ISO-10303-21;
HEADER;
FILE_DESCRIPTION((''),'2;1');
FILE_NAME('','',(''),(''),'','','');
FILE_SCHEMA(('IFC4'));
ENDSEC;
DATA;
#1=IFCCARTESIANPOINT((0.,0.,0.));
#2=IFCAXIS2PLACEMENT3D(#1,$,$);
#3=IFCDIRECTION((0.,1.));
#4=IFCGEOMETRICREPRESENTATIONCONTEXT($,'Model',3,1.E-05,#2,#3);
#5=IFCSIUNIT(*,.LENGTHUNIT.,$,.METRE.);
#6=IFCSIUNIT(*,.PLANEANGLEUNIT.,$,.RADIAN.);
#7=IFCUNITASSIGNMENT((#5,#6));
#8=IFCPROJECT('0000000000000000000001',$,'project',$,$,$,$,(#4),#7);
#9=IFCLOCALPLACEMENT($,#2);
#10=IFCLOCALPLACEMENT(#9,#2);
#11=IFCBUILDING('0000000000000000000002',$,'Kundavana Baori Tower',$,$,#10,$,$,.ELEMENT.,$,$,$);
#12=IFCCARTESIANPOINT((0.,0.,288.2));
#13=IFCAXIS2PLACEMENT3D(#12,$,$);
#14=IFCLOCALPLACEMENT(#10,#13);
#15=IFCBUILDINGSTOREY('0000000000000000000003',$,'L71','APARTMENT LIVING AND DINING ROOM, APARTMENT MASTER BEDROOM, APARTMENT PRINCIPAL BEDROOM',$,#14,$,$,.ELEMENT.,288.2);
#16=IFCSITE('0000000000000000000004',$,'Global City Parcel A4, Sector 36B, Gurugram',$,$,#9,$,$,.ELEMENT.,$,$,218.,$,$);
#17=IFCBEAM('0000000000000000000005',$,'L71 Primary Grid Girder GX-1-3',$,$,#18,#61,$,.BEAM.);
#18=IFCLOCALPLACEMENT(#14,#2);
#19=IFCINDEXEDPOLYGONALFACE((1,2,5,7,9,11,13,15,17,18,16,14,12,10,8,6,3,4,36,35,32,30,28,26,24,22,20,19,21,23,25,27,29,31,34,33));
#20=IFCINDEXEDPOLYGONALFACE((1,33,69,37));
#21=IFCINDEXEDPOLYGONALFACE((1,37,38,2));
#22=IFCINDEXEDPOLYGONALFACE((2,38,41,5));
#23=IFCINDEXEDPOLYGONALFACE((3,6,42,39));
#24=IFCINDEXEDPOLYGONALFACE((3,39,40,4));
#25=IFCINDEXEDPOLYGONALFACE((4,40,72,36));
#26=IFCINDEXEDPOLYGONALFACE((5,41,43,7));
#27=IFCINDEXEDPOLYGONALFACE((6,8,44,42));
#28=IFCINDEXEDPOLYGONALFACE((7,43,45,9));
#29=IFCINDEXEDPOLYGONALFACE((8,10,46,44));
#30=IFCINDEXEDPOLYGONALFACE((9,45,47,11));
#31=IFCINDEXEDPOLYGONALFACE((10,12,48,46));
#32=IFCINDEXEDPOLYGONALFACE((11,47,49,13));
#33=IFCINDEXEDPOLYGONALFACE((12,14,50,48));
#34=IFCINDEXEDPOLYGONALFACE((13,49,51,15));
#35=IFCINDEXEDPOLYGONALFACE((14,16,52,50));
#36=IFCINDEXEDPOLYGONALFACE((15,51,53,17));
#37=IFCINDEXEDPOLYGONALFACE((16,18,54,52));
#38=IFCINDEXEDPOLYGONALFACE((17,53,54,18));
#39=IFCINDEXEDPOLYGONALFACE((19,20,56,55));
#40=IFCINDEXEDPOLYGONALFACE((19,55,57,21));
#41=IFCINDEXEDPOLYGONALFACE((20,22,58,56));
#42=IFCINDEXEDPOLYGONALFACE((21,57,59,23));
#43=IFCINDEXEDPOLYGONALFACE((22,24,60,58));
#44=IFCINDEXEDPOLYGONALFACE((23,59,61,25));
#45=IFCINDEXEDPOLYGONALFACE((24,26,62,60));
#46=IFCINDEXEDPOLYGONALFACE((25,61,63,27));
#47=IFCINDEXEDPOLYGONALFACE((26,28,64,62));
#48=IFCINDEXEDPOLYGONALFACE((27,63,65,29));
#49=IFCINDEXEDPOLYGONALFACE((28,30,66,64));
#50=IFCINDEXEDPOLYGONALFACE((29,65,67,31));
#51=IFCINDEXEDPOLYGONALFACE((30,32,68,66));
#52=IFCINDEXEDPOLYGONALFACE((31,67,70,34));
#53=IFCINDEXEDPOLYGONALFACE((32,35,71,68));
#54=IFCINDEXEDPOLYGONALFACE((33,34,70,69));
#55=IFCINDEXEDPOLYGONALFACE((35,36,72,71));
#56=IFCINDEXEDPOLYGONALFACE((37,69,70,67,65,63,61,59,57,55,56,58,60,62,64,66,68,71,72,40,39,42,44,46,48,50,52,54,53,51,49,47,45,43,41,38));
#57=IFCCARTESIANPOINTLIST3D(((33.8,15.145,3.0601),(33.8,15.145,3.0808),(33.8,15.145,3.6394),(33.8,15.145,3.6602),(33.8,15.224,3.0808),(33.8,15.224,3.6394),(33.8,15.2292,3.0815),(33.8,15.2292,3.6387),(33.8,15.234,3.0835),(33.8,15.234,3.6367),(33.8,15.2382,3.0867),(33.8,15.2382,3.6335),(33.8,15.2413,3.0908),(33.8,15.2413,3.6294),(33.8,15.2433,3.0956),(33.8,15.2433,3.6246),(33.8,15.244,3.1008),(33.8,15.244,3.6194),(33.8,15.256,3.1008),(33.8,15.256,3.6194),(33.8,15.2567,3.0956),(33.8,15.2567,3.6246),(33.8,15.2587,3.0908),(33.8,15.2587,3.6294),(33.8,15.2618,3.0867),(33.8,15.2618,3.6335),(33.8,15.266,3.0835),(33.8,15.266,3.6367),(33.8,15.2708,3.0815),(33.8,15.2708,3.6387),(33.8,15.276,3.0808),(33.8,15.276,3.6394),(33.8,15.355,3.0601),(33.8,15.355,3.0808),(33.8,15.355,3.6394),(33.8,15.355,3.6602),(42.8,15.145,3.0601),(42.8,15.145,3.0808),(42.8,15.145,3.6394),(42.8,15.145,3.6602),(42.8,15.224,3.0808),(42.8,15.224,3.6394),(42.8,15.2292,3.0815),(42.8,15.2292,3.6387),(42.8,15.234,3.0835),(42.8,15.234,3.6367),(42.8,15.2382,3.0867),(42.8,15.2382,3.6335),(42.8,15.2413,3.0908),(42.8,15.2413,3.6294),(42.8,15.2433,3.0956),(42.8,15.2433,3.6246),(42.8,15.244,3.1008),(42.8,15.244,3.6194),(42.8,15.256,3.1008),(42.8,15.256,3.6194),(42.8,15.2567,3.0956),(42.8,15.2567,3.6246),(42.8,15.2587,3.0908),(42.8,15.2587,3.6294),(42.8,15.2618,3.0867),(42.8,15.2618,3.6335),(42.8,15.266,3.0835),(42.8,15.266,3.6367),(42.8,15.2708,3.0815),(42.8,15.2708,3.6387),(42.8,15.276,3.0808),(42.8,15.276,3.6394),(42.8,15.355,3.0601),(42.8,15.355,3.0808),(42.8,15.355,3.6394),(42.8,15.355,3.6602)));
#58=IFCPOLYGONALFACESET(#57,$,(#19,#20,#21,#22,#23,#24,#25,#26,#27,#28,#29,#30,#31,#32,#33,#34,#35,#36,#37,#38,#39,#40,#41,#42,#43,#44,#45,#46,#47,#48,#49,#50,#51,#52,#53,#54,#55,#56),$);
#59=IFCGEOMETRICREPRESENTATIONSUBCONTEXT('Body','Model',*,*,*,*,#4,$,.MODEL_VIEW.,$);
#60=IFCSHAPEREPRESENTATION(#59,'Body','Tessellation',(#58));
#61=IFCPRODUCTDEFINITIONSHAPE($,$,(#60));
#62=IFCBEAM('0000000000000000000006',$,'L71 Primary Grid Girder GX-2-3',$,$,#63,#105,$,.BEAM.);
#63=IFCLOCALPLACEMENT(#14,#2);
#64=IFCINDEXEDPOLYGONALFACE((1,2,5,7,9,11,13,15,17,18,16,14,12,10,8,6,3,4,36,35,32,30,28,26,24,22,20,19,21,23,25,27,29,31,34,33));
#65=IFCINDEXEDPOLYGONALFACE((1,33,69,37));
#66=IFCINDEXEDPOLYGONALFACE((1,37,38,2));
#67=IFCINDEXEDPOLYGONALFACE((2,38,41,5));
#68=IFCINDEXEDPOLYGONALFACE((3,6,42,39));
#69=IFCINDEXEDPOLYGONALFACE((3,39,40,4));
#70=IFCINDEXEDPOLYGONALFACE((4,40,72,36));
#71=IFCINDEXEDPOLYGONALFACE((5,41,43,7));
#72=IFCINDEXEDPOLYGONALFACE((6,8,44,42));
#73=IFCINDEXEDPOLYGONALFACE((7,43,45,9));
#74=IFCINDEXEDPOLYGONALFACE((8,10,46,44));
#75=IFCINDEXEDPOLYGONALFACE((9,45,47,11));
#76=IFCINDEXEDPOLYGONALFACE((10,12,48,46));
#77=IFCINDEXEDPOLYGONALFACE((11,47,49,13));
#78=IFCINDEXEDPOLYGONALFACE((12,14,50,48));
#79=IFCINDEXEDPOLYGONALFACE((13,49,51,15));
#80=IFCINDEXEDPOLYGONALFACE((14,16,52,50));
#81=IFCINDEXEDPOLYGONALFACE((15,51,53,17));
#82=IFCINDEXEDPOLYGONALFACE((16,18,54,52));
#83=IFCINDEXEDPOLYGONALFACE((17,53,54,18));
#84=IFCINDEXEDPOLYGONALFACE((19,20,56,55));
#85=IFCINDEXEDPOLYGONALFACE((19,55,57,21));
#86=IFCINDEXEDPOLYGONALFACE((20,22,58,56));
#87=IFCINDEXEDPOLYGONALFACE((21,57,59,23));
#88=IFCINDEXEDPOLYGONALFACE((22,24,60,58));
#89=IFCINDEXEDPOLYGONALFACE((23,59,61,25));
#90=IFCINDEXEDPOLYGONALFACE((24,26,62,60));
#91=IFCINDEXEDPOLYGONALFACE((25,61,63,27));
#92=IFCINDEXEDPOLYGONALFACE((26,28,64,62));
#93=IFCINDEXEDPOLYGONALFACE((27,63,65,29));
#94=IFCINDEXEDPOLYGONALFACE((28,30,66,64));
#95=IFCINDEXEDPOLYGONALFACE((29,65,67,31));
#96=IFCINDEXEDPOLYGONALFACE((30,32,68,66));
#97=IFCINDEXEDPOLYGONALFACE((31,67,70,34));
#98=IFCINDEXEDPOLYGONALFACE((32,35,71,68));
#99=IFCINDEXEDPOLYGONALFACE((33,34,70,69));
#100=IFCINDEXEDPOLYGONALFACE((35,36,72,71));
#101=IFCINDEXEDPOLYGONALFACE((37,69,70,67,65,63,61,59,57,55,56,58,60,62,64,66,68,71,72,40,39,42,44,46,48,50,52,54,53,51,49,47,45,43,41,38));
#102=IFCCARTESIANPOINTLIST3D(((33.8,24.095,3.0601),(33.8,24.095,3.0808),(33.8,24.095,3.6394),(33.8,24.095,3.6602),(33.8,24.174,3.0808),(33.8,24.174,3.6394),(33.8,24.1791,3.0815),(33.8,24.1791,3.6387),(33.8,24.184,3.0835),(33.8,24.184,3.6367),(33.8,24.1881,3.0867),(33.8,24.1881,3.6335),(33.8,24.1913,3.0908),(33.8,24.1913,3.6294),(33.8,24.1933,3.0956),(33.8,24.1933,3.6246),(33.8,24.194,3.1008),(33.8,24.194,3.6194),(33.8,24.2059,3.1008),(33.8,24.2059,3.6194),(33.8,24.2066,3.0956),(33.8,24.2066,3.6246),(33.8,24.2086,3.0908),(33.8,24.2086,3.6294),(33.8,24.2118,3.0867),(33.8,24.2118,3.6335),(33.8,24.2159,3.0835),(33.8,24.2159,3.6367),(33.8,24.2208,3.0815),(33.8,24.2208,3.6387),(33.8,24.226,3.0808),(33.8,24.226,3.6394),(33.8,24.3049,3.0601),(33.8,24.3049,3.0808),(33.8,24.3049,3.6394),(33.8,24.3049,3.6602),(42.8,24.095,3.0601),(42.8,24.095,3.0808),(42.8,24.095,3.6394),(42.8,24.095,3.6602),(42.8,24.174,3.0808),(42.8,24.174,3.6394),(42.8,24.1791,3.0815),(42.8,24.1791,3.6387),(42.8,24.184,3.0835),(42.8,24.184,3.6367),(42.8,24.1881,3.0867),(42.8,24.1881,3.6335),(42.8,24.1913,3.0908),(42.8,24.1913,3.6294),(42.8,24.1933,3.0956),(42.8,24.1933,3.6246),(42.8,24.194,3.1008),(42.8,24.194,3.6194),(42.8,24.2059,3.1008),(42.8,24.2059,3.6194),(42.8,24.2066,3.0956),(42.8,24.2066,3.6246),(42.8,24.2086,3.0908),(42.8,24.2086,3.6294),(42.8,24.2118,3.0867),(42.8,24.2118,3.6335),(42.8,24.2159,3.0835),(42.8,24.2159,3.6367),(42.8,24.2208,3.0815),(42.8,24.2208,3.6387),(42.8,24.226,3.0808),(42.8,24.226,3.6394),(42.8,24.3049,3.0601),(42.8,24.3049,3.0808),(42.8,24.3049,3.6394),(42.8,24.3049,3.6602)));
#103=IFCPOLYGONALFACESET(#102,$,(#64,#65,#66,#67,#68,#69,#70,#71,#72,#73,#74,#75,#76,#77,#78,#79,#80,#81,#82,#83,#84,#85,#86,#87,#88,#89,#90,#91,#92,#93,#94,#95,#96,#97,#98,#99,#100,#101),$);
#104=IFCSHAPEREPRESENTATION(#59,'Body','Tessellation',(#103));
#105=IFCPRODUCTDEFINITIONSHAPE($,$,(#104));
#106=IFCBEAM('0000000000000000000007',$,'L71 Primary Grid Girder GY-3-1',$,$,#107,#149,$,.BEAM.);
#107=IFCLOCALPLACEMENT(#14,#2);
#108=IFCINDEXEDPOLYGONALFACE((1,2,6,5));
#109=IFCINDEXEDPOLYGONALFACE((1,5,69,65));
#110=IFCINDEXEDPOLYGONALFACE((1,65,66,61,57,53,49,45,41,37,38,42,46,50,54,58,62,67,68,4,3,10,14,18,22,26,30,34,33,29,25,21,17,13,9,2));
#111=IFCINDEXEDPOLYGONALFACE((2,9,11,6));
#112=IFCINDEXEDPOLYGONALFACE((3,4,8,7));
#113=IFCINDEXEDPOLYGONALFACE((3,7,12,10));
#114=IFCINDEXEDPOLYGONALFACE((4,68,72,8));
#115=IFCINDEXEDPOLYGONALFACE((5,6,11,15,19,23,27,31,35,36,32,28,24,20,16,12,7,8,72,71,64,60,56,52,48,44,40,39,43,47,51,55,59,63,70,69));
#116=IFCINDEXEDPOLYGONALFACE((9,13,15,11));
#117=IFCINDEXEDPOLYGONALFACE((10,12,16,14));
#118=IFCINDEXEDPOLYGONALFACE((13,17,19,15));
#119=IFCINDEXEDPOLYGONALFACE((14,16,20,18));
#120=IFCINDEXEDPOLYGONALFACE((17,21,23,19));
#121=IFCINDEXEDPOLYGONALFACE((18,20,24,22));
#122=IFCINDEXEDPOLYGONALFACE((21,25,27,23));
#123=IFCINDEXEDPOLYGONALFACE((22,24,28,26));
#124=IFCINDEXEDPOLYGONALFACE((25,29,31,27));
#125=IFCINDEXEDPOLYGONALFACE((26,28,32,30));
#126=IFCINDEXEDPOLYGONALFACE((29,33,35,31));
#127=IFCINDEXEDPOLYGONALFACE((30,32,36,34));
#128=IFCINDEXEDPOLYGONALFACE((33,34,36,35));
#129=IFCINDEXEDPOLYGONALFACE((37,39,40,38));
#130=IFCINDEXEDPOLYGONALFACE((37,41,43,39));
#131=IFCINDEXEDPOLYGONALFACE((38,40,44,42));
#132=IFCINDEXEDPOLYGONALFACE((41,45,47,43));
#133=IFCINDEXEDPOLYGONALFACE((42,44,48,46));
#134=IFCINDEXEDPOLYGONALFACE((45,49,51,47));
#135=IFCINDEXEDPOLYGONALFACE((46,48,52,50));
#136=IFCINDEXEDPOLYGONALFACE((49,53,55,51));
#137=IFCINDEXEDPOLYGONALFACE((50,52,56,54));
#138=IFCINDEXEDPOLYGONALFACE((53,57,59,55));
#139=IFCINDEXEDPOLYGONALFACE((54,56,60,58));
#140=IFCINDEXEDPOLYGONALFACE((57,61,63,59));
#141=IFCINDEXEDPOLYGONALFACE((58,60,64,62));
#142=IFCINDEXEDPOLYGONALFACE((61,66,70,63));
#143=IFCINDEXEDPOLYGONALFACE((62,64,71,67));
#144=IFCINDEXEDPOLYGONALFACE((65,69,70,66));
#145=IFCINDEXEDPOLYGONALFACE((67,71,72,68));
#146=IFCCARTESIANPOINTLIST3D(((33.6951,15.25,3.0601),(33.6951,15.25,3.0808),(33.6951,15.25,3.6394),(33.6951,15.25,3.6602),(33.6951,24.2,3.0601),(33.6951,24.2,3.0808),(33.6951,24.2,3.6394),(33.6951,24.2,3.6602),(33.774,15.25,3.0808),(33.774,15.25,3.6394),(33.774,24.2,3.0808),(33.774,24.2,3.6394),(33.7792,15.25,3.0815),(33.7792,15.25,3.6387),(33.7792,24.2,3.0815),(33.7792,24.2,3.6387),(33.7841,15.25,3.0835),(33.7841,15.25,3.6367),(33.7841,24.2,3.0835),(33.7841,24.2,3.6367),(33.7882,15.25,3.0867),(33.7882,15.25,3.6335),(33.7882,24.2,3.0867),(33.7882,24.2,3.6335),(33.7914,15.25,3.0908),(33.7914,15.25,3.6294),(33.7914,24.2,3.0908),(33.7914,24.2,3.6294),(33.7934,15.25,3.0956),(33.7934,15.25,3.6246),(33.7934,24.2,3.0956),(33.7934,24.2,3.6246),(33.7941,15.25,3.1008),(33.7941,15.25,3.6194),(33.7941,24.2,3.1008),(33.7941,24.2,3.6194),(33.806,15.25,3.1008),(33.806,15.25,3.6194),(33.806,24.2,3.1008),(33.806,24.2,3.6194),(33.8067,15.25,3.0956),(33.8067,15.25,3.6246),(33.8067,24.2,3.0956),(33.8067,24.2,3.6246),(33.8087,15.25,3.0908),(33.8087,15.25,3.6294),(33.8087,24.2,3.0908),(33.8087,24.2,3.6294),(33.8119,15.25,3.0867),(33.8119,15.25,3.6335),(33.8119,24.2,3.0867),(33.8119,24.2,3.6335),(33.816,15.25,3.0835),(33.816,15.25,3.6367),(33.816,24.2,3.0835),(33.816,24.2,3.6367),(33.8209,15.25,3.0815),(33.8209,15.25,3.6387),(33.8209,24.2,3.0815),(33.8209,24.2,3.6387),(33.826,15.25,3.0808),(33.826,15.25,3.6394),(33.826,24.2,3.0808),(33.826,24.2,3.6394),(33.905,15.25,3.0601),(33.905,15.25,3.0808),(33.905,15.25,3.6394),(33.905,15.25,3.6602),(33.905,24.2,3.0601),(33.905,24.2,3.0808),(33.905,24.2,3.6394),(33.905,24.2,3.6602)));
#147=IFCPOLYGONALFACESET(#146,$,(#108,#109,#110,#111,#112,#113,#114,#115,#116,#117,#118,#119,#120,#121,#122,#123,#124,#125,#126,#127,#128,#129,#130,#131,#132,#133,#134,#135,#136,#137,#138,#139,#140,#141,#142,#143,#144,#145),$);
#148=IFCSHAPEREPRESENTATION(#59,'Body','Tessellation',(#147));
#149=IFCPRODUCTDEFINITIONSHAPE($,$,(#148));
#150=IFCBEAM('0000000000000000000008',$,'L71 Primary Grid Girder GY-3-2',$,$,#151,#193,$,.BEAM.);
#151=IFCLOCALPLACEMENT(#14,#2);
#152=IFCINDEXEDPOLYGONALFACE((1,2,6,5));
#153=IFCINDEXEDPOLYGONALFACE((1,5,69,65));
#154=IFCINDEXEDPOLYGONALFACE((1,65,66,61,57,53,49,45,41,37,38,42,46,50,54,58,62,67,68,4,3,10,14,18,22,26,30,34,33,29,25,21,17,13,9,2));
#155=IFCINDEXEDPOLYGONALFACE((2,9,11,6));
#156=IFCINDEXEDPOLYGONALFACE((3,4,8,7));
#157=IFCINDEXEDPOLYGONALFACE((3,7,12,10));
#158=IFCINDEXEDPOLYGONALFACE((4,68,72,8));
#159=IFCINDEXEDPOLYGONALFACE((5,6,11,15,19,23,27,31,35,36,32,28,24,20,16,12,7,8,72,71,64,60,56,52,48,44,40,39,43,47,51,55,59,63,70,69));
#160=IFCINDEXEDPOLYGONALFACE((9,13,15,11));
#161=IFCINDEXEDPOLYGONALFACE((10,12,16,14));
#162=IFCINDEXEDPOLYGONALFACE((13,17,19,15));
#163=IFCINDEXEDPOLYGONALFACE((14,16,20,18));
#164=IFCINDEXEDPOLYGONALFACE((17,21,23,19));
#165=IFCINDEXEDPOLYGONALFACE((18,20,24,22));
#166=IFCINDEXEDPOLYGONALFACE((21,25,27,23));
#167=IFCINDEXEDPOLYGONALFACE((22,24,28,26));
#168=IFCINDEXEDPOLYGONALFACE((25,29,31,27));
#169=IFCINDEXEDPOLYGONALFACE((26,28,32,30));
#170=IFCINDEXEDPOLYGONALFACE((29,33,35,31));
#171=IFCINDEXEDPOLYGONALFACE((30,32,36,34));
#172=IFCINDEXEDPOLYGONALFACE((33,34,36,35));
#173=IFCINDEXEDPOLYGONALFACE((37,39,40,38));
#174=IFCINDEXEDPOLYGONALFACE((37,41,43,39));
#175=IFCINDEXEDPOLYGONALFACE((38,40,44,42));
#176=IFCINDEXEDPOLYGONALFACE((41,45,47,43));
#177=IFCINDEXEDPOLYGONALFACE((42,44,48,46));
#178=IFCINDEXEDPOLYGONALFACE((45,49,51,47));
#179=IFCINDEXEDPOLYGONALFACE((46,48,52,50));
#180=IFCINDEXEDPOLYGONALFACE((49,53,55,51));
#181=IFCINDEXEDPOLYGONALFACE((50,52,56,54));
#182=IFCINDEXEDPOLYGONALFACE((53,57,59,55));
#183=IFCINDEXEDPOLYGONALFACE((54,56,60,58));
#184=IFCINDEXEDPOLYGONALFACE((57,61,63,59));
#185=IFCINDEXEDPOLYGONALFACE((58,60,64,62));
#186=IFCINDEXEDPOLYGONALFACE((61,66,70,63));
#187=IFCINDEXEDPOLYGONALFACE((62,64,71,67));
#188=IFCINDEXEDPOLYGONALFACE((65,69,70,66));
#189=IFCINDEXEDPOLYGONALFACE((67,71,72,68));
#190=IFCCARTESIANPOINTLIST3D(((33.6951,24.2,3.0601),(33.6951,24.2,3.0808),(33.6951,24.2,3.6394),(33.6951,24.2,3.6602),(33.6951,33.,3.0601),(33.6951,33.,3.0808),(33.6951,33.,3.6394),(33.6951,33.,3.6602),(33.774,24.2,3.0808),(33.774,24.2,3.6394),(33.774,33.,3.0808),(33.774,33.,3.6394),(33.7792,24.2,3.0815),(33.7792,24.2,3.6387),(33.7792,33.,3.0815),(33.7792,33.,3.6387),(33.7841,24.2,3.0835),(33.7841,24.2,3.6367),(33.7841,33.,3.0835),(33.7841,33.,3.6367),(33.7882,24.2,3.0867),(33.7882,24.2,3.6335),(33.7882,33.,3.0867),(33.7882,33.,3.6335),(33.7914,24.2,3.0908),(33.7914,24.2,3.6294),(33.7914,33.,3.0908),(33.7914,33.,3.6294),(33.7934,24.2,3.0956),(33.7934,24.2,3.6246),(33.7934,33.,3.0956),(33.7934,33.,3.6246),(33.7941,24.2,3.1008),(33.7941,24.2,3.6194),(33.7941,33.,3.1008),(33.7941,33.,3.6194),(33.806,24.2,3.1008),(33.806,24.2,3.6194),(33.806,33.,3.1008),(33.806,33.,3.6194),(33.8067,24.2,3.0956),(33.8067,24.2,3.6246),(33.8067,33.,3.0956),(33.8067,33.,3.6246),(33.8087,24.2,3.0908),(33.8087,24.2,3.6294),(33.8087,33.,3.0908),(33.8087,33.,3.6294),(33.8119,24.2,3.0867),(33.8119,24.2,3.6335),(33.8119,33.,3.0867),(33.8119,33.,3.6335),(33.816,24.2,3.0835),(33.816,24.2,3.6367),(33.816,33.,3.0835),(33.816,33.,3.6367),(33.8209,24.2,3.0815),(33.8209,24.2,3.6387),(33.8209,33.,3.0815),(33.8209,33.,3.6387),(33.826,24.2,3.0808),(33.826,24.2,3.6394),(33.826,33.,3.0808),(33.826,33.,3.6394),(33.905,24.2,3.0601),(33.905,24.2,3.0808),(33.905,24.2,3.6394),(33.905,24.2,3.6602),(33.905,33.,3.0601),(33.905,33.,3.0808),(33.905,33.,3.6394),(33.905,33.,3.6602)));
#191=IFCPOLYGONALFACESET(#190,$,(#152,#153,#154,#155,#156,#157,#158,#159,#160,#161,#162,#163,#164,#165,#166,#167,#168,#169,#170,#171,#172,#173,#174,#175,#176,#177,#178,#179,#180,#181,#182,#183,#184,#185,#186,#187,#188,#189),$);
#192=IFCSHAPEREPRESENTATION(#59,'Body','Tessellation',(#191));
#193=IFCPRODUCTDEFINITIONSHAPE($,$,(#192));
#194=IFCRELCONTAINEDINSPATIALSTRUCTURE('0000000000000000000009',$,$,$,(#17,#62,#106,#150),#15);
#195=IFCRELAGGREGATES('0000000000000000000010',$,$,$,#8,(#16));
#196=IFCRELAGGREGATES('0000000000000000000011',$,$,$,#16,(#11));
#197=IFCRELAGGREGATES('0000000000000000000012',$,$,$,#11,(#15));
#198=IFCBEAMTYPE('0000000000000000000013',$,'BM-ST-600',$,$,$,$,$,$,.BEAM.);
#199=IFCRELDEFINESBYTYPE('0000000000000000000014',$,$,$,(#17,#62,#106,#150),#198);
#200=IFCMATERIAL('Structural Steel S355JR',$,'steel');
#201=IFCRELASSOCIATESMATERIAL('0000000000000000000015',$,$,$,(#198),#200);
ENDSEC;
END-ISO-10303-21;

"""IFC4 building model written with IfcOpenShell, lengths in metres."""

from ifc_helpers import new_model, si_unit, direction, frame, origin, origin_2d, place, context, subcontext, project, spatial, i_section, extrude, material, material_profile, profile_set, type_object, element, save


model = new_model("IFC4")

# Units and contexts
model_context = context("Model", 3, precision=1e-05, world=origin(), true_north=direction((0.0, 1.0)))
body_context = subcontext(model_context, "Body", "Model", "MODEL_VIEW")
ifc_project = project(units=[si_unit("LENGTHUNIT", "METRE"), si_unit("PLANEANGLEUNIT", "RADIAN")], contexts=[model_context])

# Site, building, storey
site_placement = place(None, origin())
site = spatial("IfcSite", under=ifc_project, at=site_placement, Name="Global City Parcel A4, Sector 36B, Gurugram", CompositionType="ELEMENT", RefElevation=218.0)
building_placement = place(site_placement, origin())
building = spatial("IfcBuilding", under=site, at=building_placement, Name="Kundavana Baori Tower", CompositionType="ELEMENT")
storey_placement = place(building_placement, frame((0.0, 0.0, 288.2)))
storey = spatial("IfcBuildingStorey", under=building, at=storey_placement, Name="L71", Description="APARTMENT LIVING AND DINING ROOM, APARTMENT MASTER BEDROOM, APARTMENT PRINCIPAL BEDROOM", CompositionType="ELEMENT", Elevation=288.2)

# Beams
ifc_material_1 = material(Name="Structural Steel S355JR", Category="steel")
ifc_material_profile_1 = material_profile(ifc_material_1, i_section(OverallWidth=0.21, OverallDepth=0.6001, WebThickness=0.012, FlangeThickness=0.0208, FilletRadius=0.02, at=origin_2d()), Name="ISMB 600")
ifc_profile_set_1 = profile_set([ifc_material_profile_1], Name="Structural Steel S355JR")
beam_type_1 = type_object("IfcBeamType", Name="BM-ST-600", PredefinedType="BEAM", material=ifc_profile_set_1)
for number, where, z_axis, x_axis, name in (
    (1, (33.8, 15.25, 3.3601), (1.0, 0.0, 0.0), (0.0, 1.0, 0.0), "L71 Primary Grid Girder GX-1-3"),
    (2, (33.8, 24.2, 3.3601), (1.0, 0.0, 0.0), (0.0, 1.0, 0.0), "L71 Primary Grid Girder GX-2-3"),
):
    element("IfcBeam", number, at=place(storey_placement, frame(where, z_axis=z_axis, x_axis=x_axis)), inside=storey, type_object=beam_type_1, Name=name, PredefinedType="BEAM", context=body_context, shape_type="SweptSolid", body=[
        extrude(i_section(OverallWidth=0.21, OverallDepth=0.6001, WebThickness=0.012, FlangeThickness=0.0208, FilletRadius=0.02, at=origin_2d()), origin(), (0.0, 0.0, 1.0), 9.0),
    ])
beam_1_placement = place(storey_placement, frame((33.8, 15.25, 3.3601), z_axis=(0.0, 1.0, 0.0), x_axis=(-1.0, 0.0, 0.0)))
element("IfcBeam", 3, at=beam_1_placement, inside=storey, type_object=beam_type_1, Name="L71 Primary Grid Girder GY-3-1", PredefinedType="BEAM", context=body_context, shape_type="SweptSolid", body=[
    extrude(i_section(OverallWidth=0.21, OverallDepth=0.6001, WebThickness=0.012, FlangeThickness=0.0208, FilletRadius=0.02, at=origin_2d()), origin(), (0.0, 0.0, 1.0), 8.95),
])
beam_2_placement = place(storey_placement, frame((33.8, 24.2, 3.3601), z_axis=(0.0, 1.0, 0.0), x_axis=(-1.0, 0.0, 0.0)))
element("IfcBeam", 4, at=beam_2_placement, inside=storey, type_object=beam_type_1, Name="L71 Primary Grid Girder GY-3-2", PredefinedType="BEAM", context=body_context, shape_type="SweptSolid", body=[
    extrude(i_section(OverallWidth=0.21, OverallDepth=0.6001, WebThickness=0.012, FlangeThickness=0.0208, FilletRadius=0.02, at=origin_2d()), origin(), (0.0, 0.0, 1.0), 8.8),
])

save(model, "model.ifc")
